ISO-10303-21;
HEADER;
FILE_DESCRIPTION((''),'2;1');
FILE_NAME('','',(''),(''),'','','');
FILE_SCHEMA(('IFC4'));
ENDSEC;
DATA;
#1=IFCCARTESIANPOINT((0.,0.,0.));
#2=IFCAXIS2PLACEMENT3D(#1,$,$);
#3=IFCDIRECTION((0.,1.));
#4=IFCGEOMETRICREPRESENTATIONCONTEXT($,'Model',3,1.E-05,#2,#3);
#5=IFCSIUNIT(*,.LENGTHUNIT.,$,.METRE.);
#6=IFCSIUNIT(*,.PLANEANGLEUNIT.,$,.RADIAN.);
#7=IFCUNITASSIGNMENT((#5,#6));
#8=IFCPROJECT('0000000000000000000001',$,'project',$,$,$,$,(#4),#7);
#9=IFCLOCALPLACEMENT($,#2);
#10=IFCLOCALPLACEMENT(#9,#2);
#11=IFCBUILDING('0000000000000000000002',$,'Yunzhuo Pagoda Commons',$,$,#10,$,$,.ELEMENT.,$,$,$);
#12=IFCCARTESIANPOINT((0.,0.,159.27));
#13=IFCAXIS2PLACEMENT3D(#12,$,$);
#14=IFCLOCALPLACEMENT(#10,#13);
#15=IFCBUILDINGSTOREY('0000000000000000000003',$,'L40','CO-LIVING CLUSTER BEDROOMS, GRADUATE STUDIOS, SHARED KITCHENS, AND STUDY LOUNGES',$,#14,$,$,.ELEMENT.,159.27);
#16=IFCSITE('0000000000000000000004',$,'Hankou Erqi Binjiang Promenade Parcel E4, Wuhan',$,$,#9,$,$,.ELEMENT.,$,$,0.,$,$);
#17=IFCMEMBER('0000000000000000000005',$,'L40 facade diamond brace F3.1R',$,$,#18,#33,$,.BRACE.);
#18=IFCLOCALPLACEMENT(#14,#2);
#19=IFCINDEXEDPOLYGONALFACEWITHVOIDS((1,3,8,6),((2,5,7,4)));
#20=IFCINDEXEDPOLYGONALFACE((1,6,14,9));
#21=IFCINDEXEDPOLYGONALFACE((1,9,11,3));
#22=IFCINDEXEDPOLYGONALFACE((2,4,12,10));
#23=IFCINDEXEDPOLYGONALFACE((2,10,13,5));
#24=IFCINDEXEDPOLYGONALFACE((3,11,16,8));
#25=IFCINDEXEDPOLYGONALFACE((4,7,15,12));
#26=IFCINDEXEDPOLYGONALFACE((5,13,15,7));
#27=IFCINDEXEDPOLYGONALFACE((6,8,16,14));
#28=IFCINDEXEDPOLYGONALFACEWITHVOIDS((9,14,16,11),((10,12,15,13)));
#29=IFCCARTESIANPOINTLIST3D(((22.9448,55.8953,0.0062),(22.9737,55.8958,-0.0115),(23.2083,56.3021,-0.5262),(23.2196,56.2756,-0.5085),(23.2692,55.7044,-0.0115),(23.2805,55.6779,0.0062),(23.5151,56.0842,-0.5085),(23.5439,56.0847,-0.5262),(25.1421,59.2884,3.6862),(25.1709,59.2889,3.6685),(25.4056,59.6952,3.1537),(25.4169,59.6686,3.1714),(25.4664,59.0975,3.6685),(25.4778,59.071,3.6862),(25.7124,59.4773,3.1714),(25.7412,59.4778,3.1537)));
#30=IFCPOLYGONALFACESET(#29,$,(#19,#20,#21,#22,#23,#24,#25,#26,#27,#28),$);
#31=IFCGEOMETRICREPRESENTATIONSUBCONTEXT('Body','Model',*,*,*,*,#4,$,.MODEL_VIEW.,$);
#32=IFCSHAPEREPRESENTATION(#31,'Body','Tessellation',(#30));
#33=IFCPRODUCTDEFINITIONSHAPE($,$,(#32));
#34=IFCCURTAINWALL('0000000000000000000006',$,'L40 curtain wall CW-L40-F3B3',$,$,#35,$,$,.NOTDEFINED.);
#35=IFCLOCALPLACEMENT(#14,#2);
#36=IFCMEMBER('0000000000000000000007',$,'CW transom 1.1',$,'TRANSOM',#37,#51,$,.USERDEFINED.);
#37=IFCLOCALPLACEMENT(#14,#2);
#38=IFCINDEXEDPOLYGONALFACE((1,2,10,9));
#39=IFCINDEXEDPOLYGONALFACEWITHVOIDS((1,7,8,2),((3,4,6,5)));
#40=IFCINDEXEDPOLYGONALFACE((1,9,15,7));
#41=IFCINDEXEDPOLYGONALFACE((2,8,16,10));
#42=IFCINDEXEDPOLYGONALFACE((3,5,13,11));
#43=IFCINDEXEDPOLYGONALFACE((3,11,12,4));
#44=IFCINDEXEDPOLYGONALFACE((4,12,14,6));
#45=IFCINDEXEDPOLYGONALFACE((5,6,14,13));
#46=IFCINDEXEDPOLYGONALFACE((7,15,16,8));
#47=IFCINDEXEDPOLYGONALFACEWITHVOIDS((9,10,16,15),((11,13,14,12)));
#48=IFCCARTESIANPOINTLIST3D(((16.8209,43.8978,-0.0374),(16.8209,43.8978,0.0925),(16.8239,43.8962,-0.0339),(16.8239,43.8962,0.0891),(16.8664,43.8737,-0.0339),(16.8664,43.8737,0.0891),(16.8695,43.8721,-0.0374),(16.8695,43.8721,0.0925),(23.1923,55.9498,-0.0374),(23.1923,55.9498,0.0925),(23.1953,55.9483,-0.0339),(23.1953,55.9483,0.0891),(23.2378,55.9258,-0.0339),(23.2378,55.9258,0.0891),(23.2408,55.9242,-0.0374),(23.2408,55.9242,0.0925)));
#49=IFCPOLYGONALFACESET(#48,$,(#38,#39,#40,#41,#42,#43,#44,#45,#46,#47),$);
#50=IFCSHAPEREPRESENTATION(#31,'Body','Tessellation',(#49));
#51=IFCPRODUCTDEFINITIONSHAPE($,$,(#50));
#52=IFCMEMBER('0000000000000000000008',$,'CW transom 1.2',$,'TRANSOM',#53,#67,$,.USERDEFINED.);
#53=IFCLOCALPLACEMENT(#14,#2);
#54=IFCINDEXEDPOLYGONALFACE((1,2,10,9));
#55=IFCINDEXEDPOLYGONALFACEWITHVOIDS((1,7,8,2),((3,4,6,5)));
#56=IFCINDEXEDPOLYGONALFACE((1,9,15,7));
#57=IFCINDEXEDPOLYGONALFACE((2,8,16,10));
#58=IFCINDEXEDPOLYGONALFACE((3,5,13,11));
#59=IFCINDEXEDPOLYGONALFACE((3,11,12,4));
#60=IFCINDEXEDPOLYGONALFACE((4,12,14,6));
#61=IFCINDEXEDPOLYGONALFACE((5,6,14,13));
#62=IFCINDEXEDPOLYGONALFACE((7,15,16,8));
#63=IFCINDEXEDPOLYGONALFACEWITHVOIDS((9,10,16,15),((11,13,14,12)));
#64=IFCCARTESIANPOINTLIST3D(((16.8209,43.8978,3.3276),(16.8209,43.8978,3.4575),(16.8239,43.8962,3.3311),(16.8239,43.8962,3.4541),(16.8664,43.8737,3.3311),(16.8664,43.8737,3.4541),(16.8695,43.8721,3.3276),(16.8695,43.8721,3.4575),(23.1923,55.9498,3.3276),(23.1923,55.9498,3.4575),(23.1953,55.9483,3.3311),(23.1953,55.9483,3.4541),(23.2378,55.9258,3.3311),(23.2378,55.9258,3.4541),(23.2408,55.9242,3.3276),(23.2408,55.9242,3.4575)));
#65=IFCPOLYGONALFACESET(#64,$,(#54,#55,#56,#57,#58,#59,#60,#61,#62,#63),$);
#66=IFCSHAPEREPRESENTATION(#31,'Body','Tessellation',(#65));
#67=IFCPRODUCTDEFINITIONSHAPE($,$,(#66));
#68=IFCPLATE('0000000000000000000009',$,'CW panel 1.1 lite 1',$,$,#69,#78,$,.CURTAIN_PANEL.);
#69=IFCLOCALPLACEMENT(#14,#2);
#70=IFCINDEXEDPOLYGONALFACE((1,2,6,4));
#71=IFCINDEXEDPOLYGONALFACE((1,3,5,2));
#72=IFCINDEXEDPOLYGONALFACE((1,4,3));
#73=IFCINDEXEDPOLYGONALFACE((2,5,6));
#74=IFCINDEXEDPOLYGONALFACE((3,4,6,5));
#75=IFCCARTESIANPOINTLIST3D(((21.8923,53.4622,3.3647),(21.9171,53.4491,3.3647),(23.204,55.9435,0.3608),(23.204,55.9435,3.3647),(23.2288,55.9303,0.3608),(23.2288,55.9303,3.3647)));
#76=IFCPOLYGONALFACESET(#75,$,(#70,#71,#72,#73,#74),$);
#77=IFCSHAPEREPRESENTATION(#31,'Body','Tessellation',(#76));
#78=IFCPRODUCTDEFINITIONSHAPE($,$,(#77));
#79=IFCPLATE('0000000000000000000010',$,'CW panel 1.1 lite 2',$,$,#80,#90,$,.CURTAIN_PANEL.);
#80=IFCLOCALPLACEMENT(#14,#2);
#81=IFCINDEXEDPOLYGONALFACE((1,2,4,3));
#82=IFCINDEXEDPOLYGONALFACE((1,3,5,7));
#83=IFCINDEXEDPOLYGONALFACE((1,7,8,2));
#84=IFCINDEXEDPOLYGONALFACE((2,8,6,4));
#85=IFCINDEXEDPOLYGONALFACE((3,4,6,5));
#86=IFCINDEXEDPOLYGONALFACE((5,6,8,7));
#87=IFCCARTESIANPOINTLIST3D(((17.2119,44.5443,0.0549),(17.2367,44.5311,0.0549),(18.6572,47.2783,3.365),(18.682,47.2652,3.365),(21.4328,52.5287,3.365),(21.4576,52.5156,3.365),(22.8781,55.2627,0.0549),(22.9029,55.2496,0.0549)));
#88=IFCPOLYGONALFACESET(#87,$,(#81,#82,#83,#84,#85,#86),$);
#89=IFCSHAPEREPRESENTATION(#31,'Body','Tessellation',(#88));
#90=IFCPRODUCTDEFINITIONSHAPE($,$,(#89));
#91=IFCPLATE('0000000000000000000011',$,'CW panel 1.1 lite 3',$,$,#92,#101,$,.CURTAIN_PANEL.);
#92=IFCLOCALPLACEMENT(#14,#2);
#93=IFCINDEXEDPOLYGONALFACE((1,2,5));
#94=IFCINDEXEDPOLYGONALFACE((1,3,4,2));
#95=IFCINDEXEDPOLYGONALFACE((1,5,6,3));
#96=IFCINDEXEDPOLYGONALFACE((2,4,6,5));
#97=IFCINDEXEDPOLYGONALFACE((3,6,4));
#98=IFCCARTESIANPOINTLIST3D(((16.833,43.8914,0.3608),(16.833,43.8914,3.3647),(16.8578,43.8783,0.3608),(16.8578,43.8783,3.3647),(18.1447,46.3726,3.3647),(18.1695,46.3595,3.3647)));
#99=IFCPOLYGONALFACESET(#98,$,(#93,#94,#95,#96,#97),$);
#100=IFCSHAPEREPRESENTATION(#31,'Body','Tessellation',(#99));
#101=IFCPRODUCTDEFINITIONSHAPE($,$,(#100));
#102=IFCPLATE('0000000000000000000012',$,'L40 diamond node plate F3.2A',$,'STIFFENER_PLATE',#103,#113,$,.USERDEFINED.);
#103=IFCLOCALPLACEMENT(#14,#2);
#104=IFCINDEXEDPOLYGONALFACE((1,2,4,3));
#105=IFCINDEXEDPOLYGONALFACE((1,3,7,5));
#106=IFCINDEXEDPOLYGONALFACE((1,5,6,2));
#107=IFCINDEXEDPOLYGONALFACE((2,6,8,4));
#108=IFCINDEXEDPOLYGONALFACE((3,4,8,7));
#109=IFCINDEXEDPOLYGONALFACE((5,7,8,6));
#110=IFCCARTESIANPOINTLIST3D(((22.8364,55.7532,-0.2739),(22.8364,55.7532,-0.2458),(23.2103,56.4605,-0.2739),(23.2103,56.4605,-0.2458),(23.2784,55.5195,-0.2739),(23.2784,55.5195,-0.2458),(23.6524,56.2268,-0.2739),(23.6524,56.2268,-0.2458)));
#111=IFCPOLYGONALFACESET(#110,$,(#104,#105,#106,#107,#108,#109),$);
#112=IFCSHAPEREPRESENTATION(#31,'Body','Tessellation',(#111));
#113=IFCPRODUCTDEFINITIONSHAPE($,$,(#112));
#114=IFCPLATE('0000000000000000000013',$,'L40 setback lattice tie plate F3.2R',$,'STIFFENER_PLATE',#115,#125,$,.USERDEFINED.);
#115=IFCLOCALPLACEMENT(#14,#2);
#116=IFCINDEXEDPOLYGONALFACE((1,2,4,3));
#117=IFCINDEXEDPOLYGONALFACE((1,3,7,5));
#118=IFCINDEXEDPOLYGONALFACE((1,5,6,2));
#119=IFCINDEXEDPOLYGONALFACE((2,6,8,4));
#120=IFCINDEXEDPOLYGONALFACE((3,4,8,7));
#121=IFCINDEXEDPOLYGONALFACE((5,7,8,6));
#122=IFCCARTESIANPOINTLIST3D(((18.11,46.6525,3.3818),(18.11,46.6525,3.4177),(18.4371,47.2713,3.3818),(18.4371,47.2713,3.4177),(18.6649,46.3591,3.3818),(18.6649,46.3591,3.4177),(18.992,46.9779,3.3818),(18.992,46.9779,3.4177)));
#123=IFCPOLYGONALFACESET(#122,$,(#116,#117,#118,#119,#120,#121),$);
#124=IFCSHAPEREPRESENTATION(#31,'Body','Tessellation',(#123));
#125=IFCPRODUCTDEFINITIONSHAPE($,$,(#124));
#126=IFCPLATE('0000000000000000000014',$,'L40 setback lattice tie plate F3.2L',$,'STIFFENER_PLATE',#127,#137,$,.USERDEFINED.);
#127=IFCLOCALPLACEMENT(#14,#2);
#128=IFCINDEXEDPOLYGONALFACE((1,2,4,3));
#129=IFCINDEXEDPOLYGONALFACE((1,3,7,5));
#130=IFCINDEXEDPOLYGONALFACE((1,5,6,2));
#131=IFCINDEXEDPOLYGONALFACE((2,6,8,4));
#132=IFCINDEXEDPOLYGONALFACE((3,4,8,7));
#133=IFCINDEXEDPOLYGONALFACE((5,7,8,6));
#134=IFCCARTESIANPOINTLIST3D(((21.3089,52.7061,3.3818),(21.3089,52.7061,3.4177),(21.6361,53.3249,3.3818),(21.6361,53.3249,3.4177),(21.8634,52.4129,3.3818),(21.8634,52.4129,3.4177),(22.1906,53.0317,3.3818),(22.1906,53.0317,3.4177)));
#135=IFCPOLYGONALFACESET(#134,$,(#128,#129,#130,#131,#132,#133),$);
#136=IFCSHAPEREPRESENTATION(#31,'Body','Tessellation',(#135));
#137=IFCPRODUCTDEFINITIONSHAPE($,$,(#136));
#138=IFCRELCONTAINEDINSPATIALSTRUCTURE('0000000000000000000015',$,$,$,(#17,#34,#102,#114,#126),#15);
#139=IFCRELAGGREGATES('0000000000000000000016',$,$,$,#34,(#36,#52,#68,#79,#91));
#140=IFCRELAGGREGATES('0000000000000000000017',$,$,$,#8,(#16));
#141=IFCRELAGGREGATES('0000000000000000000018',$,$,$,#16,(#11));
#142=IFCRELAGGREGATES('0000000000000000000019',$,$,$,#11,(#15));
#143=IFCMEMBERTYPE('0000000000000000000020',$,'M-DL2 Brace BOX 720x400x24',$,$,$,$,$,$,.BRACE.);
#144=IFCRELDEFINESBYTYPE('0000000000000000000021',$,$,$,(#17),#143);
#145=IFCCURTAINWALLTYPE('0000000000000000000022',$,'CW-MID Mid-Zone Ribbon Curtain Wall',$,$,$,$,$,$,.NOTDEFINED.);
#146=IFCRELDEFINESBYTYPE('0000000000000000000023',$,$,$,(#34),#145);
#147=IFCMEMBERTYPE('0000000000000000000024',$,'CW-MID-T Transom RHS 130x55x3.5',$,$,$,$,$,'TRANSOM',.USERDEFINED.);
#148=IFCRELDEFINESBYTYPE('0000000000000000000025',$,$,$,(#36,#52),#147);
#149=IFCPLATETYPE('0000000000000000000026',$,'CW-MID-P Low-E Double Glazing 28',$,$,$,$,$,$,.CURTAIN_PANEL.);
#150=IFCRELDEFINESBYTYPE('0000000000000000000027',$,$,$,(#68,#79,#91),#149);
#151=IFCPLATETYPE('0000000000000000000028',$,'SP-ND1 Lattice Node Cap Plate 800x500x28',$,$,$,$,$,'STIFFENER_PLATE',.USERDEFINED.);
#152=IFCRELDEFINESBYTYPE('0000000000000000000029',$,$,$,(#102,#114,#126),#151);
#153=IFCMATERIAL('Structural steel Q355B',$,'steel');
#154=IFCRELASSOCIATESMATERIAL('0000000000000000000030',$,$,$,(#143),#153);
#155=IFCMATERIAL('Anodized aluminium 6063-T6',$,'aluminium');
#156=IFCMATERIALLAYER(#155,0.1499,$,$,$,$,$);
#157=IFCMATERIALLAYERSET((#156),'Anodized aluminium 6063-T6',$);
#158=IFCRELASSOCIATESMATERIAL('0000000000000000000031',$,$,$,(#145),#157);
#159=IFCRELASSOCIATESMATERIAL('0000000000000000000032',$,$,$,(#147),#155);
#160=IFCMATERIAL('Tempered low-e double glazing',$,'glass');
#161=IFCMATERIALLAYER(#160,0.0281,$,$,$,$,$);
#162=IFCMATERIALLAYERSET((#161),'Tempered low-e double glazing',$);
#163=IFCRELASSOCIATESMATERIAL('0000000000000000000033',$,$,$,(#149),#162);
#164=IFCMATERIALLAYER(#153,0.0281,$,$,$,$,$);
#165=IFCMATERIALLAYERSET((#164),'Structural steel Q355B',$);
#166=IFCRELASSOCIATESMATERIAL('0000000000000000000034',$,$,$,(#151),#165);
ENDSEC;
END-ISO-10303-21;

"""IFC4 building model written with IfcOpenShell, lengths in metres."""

from ifc_helpers import new_model, si_unit, direction, frame, origin, origin_2d, place, context, subcontext, project, spatial, polyline, rectangle, hollow_rectangle, outline, extrude, source, transform, mapped, material, layer, layer_set, material_profile, profile_set, type_object, element, aggregate, save


model = new_model("IFC4")

# Units and contexts
model_context = context("Model", 3, precision=1e-05, world=origin(), true_north=direction((0.0, 1.0)))
body_context = subcontext(model_context, "Body", "Model", "MODEL_VIEW")
ifc_project = project(units=[si_unit("LENGTHUNIT", "METRE"), si_unit("PLANEANGLEUNIT", "RADIAN")], contexts=[model_context])

# Site, building, storey
site_placement = place(None, origin())
site = spatial("IfcSite", under=ifc_project, at=site_placement, Name="Hankou Erqi Binjiang Promenade Parcel E4, Wuhan", CompositionType="ELEMENT", RefElevation=0.0)
building_placement = place(site_placement, origin())
building = spatial("IfcBuilding", under=site, at=building_placement, Name="Yunzhuo Pagoda Commons", CompositionType="ELEMENT")
storey_placement = place(building_placement, frame((0.0, 0.0, 159.27)))
storey = spatial("IfcBuildingStorey", under=building, at=storey_placement, Name="L40", Description="CO-LIVING CLUSTER BEDROOMS, GRADUATE STUDIOS, SHARED KITCHENS, AND STUDY LOUNGES", CompositionType="ELEMENT", Elevation=159.27)

# Shared definitions
ifc_material_1 = material(Name="Structural steel Q355B", Category="steel")

# Member
ifc_material_profile_1 = material_profile(ifc_material_1, hollow_rectangle(XDim=0.3999, YDim=0.72, WallThickness=0.0239, at=origin_2d()), Name="Structural steel Q355B")
ifc_profile_set_1 = profile_set([ifc_material_profile_1], Name="Structural steel Q355B")
member_type_1 = type_object("IfcMemberType", Name="M-DL2 Brace BOX 720x400x24", PredefinedType="BRACE", material=ifc_profile_set_1)
shared_shape_1 = source(origin(), body_context, "Body", "SweptSolid", [
    extrude(hollow_rectangle(XDim=0.3999, YDim=0.72, WallThickness=0.0239, at=origin_2d()), origin(), (0.0, 0.0, 1.0), 5.4666),
])
member_1_placement = place(storey_placement, frame((23.2444, 55.99, -0.26), z_axis=(0.40195, 0.6207, 0.673177), x_axis=(-0.839372, 0.543557, 0.0)))
element("IfcMember", 1, at=member_1_placement, inside=storey, type_object=member_type_1, Name="L40 facade diamond brace F3.1R", PredefinedType="BRACE", context=body_context, shape_type="MappedRepresentation", body=[
    mapped(shared_shape_1, transform((0.0, 0.0, 0.0), scale=1.0)),
])

# Curtain wall, members, plates
ifc_material_2 = material(Name="Anodized aluminium 6063-T6", Category="aluminium")
ifc_layer_1 = layer(ifc_material_2, 0.1499)
ifc_layer_set_1 = layer_set([ifc_layer_1], Name="Anodized aluminium 6063-T6")
curtain_wall_type = type_object("IfcCurtainWallType", Name="CW-MID Mid-Zone Ribbon Curtain Wall", PredefinedType="NOTDEFINED", material=ifc_layer_set_1)
curtain_wall_placement = place(storey_placement, origin())
curtain_wall = element("IfcCurtainWall", 2, at=curtain_wall_placement, inside=storey, type_object=curtain_wall_type, Name="L40 curtain wall CW-L40-F3B3", PredefinedType="NOTDEFINED")
ifc_material_profile_2 = material_profile(ifc_material_2, hollow_rectangle(XDim=0.0549, YDim=0.1299, WallThickness=0.0034, at=origin_2d()), Name="Anodized aluminium 6063-T6")
ifc_profile_set_2 = profile_set([ifc_material_profile_2], Name="Anodized aluminium 6063-T6")
member_type_2 = type_object("IfcMemberType", Name="CW-MID-T Transom RHS 130x55x3.5", ElementType="TRANSOM", PredefinedType="USERDEFINED", material=ifc_profile_set_2)
shared_shape_2 = source(origin(), body_context, "Body", "SweptSolid", [
    extrude(hollow_rectangle(XDim=0.0549, YDim=0.1299, WallThickness=0.0034, at=origin_2d()), origin(), (0.0, 0.0, 1.0), 13.6326),
])
member_2_placement = place(storey_placement, frame((23.2166, 55.937, 0.0276), z_axis=(-0.467364, -0.884065, 0.0), x_axis=(0.884065, -0.467364, 0.0)))
member_2 = element("IfcMember", 3, at=member_2_placement, type_object=member_type_2, Name="CW transom 1.1", ObjectType="TRANSOM", PredefinedType="USERDEFINED", context=body_context, shape_type="MappedRepresentation", body=[
    mapped(shared_shape_2, transform((0.0, 0.0, 0.0), scale=1.0)),
])
member_3_placement = place(storey_placement, frame((23.2166, 55.937, 3.3926), z_axis=(-0.467364, -0.884065, 0.0), x_axis=(0.884065, -0.467364, 0.0)))
member_3 = element("IfcMember", 4, at=member_3_placement, type_object=member_type_2, Name="CW transom 1.2", ObjectType="TRANSOM", PredefinedType="USERDEFINED", context=body_context, shape_type="MappedRepresentation", body=[
    mapped(shared_shape_2, transform((0.0, 0.0, 0.0), scale=1.0)),
])
ifc_material_3 = material(Name="Tempered low-e double glazing", Category="glass")
ifc_layer_2 = layer(ifc_material_3, 0.0281)
ifc_layer_set_2 = layer_set([ifc_layer_2], Name="Tempered low-e double glazing")
plate_type_1 = type_object("IfcPlateType", Name="CW-MID-P Low-E Double Glazing 28", PredefinedType="CURTAIN_PANEL", material=ifc_layer_set_2)
plate_1_placement = place(storey_placement, frame((22.573, 54.6897, 1.8628), z_axis=(-0.884069, 0.467357, 0.0), x_axis=(-0.467357, -0.884069, 0.0)))
plate_1 = element("IfcPlate", 5, at=plate_1_placement, type_object=plate_type_1, Name="CW panel 1.1 lite 1", PredefinedType="CURTAIN_PANEL", context=body_context, shape_type="SweptSolid", body=[
    extrude(outline(polyline([(-1.4033, -1.502), (1.4033, 1.502), (-1.4033, 1.502), (-1.4033, -1.502)])), origin(), (0.0, 0.0, 1.0), 0.0281),
])
plate_2_placement = place(storey_placement, frame((20.0698, 49.8904, 1.71), z_axis=(-0.884069, 0.467357, 0.0), x_axis=(-0.467357, -0.884069, 0.0)))
plate_2 = element("IfcPlate", 6, at=plate_2_placement, type_object=plate_type_1, Name="CW panel 1.1 lite 2", PredefinedType="CURTAIN_PANEL", context=body_context, shape_type="SweptSolid", body=[
    extrude(outline(polyline([(-6.062, -1.655), (6.062, -1.655), (2.9695, 1.655), (-2.9695, 1.655), (-6.062, -1.655)])), origin(), (0.0, 0.0, 1.0), 0.0281),
])
plate_3_placement = place(storey_placement, frame((17.5137, 45.1189, 1.8628), z_axis=(-0.884069, 0.467357, 0.0), x_axis=(-0.467357, -0.884069, 0.0)))
plate_3 = element("IfcPlate", 7, at=plate_3_placement, type_object=plate_type_1, Name="CW panel 1.1 lite 3", PredefinedType="CURTAIN_PANEL", context=body_context, shape_type="SweptSolid", body=[
    extrude(outline(polyline([(-1.4033, 1.502), (1.4033, -1.502), (1.4033, 1.502), (-1.4033, 1.502)])), origin(), (0.0, 0.0, 1.0), 0.0281),
])
aggregate(curtain_wall, [member_2, member_3, plate_1, plate_2, plate_3])

# Plates
ifc_layer_3 = layer(ifc_material_1, 0.0281)
ifc_layer_set_3 = layer_set([ifc_layer_3], Name="Structural steel Q355B")
plate_type_2 = type_object("IfcPlateType", Name="SP-ND1 Lattice Node Cap Plate 800x500x28", ElementType="STIFFENER_PLATE", PredefinedType="USERDEFINED", material=ifc_layer_set_3)
shared_shape_3 = source(origin(), body_context, "Body", "SweptSolid", [
    extrude(rectangle(XDim=0.8, YDim=0.5, at=origin_2d()), origin(), (0.0, 0.0, 1.0), 0.0281),
])
plate_4_placement = place(storey_placement, frame((23.2444, 55.99, -0.2739), z_axis=(0.0, 0.0, 1.0), x_axis=(-0.467359, -0.884068, 0.0)))
element("IfcPlate", 8, at=plate_4_placement, inside=storey, type_object=plate_type_2, Name="L40 diamond node plate F3.2A", ObjectType="STIFFENER_PLATE", PredefinedType="USERDEFINED", context=body_context, shape_type="MappedRepresentation", body=[
    mapped(shared_shape_3, transform((0.0, 0.0, 0.0), scale=1.0)),
])
shared_shape_4 = source(origin(), body_context, "Body", "SweptSolid", [
    extrude(rectangle(XDim=0.7, YDim=0.6277, at=origin_2d()), origin(), (0.0, 0.0, 1.0), 0.0359),
])
plate_5_placement = place(storey_placement, frame((18.551, 46.8152, 3.3818), z_axis=(0.0, 0.0, 1.0), x_axis=(-0.467359, -0.884068, 0.0)))
element("IfcPlate", 9, at=plate_5_placement, inside=storey, type_object=plate_type_2, Name="L40 setback lattice tie plate F3.2R", ObjectType="STIFFENER_PLATE", PredefinedType="USERDEFINED", context=body_context, shape_type="MappedRepresentation", body=[
    mapped(shared_shape_4, transform((0.0, 0.0, 0.0), scale=1.0)),
])
shared_shape_5 = source(origin(), body_context, "Body", "SweptSolid", [
    extrude(rectangle(XDim=0.7, YDim=0.6272, at=origin_2d()), origin(), (0.0, 0.0, 1.0), 0.0359),
])
plate_6_placement = place(storey_placement, frame((21.7498, 52.8689, 3.3818), z_axis=(0.0, 0.0, 1.0), x_axis=(-0.467359, -0.884068, 0.0)))
element("IfcPlate", 10, at=plate_6_placement, inside=storey, type_object=plate_type_2, Name="L40 setback lattice tie plate F3.2L", ObjectType="STIFFENER_PLATE", PredefinedType="USERDEFINED", context=body_context, shape_type="MappedRepresentation", body=[
    mapped(shared_shape_5, transform((0.0, 0.0, 0.0), scale=1.0)),
])

save(model, "model.ifc")
